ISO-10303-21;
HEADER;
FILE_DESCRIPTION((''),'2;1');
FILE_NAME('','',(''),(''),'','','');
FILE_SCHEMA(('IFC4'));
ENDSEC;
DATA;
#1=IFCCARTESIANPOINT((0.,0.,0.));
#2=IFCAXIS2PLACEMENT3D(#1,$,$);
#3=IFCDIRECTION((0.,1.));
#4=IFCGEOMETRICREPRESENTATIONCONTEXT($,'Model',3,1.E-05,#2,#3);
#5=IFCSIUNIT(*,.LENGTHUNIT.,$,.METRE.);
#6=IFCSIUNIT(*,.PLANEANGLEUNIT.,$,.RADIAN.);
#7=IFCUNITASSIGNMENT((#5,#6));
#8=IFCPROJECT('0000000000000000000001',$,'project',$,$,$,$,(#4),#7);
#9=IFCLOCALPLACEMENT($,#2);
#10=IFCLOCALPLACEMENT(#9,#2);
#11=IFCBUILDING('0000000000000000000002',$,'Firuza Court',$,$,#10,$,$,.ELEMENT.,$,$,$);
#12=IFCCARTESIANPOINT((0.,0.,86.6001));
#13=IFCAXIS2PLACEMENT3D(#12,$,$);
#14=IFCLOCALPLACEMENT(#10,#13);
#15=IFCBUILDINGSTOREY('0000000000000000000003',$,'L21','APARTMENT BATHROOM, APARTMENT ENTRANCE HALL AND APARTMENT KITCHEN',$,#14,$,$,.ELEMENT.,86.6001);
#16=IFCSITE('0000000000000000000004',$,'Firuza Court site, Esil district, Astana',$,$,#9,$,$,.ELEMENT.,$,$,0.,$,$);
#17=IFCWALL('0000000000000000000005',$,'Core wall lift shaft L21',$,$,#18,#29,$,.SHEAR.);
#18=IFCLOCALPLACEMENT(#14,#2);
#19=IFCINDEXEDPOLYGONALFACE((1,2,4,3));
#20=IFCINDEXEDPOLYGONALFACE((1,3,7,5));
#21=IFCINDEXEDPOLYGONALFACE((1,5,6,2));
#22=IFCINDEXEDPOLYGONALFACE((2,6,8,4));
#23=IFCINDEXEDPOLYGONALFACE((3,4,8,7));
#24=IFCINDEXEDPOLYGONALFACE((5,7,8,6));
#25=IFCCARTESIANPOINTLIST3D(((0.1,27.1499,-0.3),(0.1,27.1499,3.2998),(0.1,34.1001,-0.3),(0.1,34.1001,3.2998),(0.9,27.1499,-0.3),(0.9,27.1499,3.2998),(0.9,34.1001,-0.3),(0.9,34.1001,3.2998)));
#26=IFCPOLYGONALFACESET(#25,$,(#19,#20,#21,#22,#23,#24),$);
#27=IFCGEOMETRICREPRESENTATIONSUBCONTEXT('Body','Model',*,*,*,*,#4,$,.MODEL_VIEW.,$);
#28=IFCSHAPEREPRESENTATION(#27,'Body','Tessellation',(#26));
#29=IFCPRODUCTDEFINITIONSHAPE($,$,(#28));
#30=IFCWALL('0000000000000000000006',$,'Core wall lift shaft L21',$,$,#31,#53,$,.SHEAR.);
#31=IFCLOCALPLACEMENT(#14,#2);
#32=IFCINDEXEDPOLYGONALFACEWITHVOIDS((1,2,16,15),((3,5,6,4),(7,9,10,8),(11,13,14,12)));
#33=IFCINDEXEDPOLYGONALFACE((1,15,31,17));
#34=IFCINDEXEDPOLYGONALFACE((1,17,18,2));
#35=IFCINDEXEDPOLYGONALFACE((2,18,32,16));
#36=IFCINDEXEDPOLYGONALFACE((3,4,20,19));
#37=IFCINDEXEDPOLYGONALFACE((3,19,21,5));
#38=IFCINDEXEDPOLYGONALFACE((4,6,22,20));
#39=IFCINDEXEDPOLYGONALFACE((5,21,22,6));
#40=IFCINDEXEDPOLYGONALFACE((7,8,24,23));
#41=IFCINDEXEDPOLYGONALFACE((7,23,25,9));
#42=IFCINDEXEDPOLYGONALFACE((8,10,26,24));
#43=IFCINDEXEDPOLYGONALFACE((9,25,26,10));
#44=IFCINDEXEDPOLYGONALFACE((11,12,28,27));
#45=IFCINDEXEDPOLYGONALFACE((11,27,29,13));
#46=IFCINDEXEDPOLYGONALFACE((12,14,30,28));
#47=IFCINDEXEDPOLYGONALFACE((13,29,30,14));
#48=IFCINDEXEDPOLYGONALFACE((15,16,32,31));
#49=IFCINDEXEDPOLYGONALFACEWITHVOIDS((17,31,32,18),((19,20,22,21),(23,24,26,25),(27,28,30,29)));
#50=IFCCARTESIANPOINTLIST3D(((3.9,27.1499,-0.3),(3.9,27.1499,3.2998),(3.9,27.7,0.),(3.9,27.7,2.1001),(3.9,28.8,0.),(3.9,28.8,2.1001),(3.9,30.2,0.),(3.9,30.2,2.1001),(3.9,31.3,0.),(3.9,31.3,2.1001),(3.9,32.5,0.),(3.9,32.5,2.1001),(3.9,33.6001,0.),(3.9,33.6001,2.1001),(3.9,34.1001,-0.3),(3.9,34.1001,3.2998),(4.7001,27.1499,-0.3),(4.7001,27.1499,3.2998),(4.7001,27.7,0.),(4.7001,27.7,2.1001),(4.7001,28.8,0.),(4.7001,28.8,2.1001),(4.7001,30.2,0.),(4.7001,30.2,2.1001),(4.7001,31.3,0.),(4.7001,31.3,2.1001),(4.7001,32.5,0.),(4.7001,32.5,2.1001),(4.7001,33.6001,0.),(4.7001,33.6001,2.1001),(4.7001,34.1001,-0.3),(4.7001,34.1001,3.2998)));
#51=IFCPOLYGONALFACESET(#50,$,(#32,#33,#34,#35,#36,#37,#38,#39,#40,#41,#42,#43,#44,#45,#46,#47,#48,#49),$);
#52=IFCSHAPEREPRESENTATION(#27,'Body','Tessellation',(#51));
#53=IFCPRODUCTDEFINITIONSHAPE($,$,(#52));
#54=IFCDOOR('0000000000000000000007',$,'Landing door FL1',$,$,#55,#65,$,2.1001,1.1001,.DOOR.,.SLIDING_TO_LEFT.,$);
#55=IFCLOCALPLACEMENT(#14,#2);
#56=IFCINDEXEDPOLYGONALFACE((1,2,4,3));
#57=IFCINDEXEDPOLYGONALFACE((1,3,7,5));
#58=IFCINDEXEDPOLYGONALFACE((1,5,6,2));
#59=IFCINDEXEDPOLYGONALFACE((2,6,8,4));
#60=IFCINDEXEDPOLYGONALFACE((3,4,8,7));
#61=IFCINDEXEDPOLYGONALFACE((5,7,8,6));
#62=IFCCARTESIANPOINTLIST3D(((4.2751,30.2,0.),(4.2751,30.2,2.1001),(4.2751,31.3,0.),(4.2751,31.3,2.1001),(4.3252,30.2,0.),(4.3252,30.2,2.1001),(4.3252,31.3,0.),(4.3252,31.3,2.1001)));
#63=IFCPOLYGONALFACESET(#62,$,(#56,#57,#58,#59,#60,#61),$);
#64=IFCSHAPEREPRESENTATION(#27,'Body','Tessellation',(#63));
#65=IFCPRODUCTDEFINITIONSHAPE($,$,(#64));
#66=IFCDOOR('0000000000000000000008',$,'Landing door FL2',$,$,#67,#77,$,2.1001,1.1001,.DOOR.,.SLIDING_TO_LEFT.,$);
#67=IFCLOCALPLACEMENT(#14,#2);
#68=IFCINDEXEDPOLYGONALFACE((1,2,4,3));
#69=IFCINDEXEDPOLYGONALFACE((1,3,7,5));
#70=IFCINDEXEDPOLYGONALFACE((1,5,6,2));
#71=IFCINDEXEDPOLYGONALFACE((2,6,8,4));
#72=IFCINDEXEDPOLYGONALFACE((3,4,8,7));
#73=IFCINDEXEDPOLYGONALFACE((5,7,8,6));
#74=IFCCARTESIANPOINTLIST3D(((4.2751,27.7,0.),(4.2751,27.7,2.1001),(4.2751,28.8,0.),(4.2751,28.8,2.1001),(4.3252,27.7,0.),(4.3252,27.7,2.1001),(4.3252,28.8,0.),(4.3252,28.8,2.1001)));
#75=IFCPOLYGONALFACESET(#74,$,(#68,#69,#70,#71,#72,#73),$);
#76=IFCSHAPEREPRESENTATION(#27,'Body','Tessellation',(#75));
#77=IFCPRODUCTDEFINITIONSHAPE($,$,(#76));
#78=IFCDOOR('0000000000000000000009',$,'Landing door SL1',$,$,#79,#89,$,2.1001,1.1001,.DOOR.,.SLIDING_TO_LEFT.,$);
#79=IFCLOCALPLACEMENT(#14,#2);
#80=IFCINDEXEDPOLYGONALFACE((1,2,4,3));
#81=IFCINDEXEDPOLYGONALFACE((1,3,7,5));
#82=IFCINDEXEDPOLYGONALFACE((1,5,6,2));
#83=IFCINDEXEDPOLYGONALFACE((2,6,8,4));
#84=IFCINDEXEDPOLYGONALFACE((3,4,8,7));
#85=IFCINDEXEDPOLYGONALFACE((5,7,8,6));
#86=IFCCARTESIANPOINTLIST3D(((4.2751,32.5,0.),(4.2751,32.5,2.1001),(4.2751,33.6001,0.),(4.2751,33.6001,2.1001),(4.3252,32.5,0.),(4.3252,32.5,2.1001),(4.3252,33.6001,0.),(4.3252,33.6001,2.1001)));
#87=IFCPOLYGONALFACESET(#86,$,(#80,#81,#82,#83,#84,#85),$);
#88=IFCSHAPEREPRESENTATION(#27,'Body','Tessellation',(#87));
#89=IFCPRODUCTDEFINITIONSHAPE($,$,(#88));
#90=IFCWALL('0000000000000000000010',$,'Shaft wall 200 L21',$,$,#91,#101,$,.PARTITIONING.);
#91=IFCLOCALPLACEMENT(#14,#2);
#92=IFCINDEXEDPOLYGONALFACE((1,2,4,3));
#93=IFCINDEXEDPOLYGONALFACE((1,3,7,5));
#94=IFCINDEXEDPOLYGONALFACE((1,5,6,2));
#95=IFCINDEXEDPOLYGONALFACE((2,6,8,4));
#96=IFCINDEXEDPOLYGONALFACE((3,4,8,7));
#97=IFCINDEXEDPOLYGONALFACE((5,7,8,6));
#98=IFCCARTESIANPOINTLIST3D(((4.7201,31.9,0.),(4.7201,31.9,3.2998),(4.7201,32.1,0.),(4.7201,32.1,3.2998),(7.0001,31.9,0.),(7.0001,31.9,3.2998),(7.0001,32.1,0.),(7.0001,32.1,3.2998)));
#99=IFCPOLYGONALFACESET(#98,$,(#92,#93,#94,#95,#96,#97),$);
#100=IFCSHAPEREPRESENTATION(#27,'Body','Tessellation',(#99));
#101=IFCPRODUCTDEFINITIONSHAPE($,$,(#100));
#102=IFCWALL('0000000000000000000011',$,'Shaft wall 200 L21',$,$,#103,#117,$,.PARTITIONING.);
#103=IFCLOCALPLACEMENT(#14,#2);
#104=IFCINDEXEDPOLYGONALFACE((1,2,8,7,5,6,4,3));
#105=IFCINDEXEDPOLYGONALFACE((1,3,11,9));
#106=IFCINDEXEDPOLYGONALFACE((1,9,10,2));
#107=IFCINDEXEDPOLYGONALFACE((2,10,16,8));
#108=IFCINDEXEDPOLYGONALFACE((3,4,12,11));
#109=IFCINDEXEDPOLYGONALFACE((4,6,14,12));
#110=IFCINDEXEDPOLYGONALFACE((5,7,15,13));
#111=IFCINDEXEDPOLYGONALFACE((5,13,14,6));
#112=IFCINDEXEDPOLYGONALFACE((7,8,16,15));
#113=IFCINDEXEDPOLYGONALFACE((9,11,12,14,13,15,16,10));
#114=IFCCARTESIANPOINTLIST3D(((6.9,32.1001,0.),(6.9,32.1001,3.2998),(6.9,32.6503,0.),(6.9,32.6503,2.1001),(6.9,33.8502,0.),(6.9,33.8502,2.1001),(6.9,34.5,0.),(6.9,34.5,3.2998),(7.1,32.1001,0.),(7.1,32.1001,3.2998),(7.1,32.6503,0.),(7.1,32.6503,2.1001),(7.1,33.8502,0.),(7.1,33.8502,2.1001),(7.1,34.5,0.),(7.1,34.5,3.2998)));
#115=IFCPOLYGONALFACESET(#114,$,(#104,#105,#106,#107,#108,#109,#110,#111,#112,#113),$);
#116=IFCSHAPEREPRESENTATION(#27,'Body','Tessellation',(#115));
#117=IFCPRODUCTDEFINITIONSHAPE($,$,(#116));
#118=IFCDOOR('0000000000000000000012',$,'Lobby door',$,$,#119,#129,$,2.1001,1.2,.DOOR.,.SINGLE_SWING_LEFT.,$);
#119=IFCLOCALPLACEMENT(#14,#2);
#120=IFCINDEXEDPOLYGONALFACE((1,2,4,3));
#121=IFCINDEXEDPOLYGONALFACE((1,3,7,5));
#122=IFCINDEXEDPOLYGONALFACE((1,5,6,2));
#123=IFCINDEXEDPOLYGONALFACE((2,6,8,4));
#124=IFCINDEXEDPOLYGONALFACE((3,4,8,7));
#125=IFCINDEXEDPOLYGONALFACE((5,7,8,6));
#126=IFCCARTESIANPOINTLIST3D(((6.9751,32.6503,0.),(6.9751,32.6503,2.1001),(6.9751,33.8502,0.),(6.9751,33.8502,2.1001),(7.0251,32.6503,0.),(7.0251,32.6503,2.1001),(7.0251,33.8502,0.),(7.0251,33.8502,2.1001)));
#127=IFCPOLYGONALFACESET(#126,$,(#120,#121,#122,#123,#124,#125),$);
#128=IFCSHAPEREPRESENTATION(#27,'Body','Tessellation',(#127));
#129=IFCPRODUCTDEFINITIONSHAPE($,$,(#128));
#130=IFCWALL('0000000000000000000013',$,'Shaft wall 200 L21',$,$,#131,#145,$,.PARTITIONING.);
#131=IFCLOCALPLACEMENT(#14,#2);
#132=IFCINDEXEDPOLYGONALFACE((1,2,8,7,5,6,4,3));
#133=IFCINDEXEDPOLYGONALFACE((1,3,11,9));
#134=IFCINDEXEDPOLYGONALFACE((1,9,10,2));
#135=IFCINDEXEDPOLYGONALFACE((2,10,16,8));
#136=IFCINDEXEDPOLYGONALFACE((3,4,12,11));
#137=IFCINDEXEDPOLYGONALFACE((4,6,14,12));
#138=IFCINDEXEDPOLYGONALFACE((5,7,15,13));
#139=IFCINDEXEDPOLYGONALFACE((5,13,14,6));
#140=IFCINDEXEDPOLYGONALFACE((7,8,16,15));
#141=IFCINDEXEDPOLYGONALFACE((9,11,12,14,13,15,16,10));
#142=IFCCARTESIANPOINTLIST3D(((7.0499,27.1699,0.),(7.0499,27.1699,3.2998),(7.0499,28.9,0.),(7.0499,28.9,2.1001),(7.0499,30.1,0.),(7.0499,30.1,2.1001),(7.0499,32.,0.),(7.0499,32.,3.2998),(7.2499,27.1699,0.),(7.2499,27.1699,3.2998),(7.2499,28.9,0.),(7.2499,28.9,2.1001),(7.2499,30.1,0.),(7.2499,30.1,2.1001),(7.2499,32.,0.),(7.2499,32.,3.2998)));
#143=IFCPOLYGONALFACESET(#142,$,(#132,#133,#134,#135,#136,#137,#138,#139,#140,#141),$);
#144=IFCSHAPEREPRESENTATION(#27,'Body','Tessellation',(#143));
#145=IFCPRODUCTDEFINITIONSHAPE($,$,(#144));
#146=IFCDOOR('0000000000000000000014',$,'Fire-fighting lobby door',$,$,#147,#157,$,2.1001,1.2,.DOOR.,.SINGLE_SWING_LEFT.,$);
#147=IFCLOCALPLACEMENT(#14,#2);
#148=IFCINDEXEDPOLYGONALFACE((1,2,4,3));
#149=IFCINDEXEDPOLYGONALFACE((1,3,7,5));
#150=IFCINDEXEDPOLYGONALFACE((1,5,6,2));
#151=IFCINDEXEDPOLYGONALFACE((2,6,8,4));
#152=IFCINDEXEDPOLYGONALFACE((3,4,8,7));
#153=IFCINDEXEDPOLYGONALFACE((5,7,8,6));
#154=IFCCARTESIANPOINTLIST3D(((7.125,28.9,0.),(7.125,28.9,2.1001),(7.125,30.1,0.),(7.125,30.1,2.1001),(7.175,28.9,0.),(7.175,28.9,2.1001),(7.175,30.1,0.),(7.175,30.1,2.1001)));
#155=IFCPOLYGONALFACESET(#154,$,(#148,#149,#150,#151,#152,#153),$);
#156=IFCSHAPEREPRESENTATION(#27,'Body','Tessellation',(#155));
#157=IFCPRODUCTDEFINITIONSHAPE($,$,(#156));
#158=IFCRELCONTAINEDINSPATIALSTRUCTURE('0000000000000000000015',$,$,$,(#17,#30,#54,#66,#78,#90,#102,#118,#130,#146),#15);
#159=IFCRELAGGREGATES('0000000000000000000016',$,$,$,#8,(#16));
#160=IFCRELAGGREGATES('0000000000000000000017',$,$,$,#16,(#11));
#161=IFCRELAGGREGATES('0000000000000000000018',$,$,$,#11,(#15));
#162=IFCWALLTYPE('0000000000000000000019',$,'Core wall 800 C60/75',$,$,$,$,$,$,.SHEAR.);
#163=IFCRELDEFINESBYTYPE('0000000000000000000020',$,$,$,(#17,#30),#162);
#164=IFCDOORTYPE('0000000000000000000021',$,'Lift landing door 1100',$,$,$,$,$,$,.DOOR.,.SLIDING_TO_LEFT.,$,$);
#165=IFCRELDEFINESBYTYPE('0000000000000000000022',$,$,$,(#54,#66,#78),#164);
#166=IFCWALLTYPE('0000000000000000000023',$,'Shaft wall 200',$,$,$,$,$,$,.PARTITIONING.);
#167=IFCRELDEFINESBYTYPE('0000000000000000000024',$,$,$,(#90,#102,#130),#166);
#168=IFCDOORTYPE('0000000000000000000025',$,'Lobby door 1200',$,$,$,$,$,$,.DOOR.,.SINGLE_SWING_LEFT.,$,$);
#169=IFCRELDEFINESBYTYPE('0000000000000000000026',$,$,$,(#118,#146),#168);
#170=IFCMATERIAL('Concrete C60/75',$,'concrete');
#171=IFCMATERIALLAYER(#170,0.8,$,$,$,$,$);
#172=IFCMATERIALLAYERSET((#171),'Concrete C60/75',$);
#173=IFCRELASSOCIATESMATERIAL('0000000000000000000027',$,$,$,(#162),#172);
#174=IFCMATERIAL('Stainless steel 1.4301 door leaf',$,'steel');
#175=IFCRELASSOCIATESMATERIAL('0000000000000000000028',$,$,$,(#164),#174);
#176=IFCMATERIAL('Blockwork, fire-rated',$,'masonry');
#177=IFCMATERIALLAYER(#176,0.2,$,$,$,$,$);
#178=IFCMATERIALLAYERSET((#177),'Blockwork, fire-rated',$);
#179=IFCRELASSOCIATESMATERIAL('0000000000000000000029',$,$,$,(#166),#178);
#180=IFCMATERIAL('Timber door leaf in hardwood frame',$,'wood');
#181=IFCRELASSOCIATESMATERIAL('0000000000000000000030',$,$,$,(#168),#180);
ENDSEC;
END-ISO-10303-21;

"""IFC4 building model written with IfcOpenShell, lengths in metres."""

from ifc_helpers import new_model, si_unit, direction, frame, frame_2d, origin, place, context, subcontext, project, spatial, rectangle, extrude, material, layer, layer_set, type_object, element, fill, save


model = new_model("IFC4")

# Units and contexts
model_context = context("Model", 3, precision=1e-05, world=origin(), true_north=direction((0.0, 1.0)))
body_context = subcontext(model_context, "Body", "Model", "MODEL_VIEW")
ifc_project = project(units=[si_unit("LENGTHUNIT", "METRE"), si_unit("PLANEANGLEUNIT", "RADIAN")], contexts=[model_context])

# Site, building, storey
site_placement = place(None, origin())
site = spatial("IfcSite", under=ifc_project, at=site_placement, Name="Firuza Court site, Esil district, Astana", CompositionType="ELEMENT", RefElevation=0.0)
building_placement = place(site_placement, origin())
building = spatial("IfcBuilding", under=site, at=building_placement, Name="Firuza Court", CompositionType="ELEMENT")
storey_placement = place(building_placement, frame((0.0, 0.0, 86.6001)))
storey = spatial("IfcBuildingStorey", under=building, at=storey_placement, Name="L21", Description="APARTMENT BATHROOM, APARTMENT ENTRANCE HALL AND APARTMENT KITCHEN", CompositionType="ELEMENT", Elevation=86.6001)

# Shared definitions
ifc_material_1 = material(Name="Concrete C60/75", Category="concrete")

# Wall
ifc_layer_1 = layer(ifc_material_1, 0.8)
ifc_layer_set_1 = layer_set([ifc_layer_1], Name="Concrete C60/75")
wall_type_1 = type_object("IfcWallType", Name="Core wall 800 C60/75", PredefinedType="SHEAR", material=ifc_layer_set_1)
wall_1_placement = place(storey_placement, frame((0.5, 27.1499, -0.3), z_axis=(0.0, 0.0, 1.0), x_axis=(0.0, 1.0, 0.0)))
element("IfcWall", 1, at=wall_1_placement, inside=storey, type_object=wall_type_1, Name="Core wall lift shaft L21", PredefinedType="SHEAR", context=body_context, shape_type="SweptSolid", body=[
    extrude(rectangle(XDim=6.9502, YDim=0.8, at=frame_2d((3.4751, 0.0))), origin(), (0.0, 0.0, 1.0), 3.5999),
])

# Wall, openings, doors
wall_2_placement = place(storey_placement, frame((4.3, 27.1499, -0.3), z_axis=(0.0, 0.0, 1.0), x_axis=(0.0, 1.0, 0.0)))
wall_2 = element("IfcWall", 2, at=wall_2_placement, inside=storey, type_object=wall_type_1, Name="Core wall lift shaft L21", PredefinedType="SHEAR", context=body_context, shape_type="SweptSolid", body=[
    extrude(rectangle(XDim=6.9502, YDim=0.8, at=frame_2d((3.4751, 0.0))), origin(), (0.0, 0.0, 1.0), 3.5999),
])
opening_1_placement = place(wall_2_placement, frame((3.05, 0.0, 0.3)))
opening_1 = element("IfcOpeningElement", 3, at=opening_1_placement, cuts=wall_2, PredefinedType="OPENING", context=body_context, shape_type="SweptSolid", body=[
    extrude(rectangle(XDim=1.1001, YDim=2.1001, at=frame_2d((0.55, 1.05))), frame((0.0, 0.4121, 0.0), z_axis=(0.0, -1.0, 0.0), x_axis=(1.0, 0.0, 0.0)), (0.0, 0.0, 1.0), 0.824),
])
opening_2_placement = place(wall_2_placement, frame((0.55, 0.0, 0.3)))
opening_2 = element("IfcOpeningElement", 4, at=opening_2_placement, cuts=wall_2, PredefinedType="OPENING", context=body_context, shape_type="SweptSolid", body=[
    extrude(rectangle(XDim=1.1001, YDim=2.1001, at=frame_2d((0.55, 1.05))), frame((0.0, 0.4121, 0.0), z_axis=(0.0, -1.0, 0.0), x_axis=(1.0, 0.0, 0.0)), (0.0, 0.0, 1.0), 0.824),
])
opening_3_placement = place(wall_2_placement, frame((5.3501, 0.0, 0.3)))
opening_3 = element("IfcOpeningElement", 5, at=opening_3_placement, cuts=wall_2, PredefinedType="OPENING", context=body_context, shape_type="SweptSolid", body=[
    extrude(rectangle(XDim=1.1001, YDim=2.1001, at=frame_2d((0.55, 1.05))), frame((0.0, 0.4121, 0.0), z_axis=(0.0, -1.0, 0.0), x_axis=(1.0, 0.0, 0.0)), (0.0, 0.0, 1.0), 0.824),
])
ifc_material_2 = material(Name="Stainless steel 1.4301 door leaf", Category="steel")
door_type_1 = type_object("IfcDoorType", Name="Lift landing door 1100", OperationType="SLIDING_TO_LEFT", PredefinedType="DOOR", material=ifc_material_2)
door_1_placement = place(opening_1_placement, origin())
door_1 = element("IfcDoor", 6, at=door_1_placement, inside=storey, type_object=door_type_1, Name="Landing door FL1", OperationType="SLIDING_TO_LEFT", OverallHeight=2.1001, OverallWidth=1.1001, PredefinedType="DOOR", context=body_context, shape_type="SweptSolid", body=[
    extrude(rectangle(XDim=1.1001, YDim=2.1001, at=frame_2d((0.55, 1.05))), frame((0.0, 0.0249, 0.0), z_axis=(0.0, -1.0, 0.0), x_axis=(1.0, 0.0, 0.0)), (0.0, 0.0, 1.0), 0.05),
])
fill(opening_1, door_1)
door_2_placement = place(opening_2_placement, origin())
door_2 = element("IfcDoor", 7, at=door_2_placement, inside=storey, type_object=door_type_1, Name="Landing door FL2", OperationType="SLIDING_TO_LEFT", OverallHeight=2.1001, OverallWidth=1.1001, PredefinedType="DOOR", context=body_context, shape_type="SweptSolid", body=[
    extrude(rectangle(XDim=1.1001, YDim=2.1001, at=frame_2d((0.55, 1.05))), frame((0.0, 0.0249, 0.0), z_axis=(0.0, -1.0, 0.0), x_axis=(1.0, 0.0, 0.0)), (0.0, 0.0, 1.0), 0.05),
])
fill(opening_2, door_2)
door_3_placement = place(opening_3_placement, origin())
door_3 = element("IfcDoor", 8, at=door_3_placement, inside=storey, type_object=door_type_1, Name="Landing door SL1", OperationType="SLIDING_TO_LEFT", OverallHeight=2.1001, OverallWidth=1.1001, PredefinedType="DOOR", context=body_context, shape_type="SweptSolid", body=[
    extrude(rectangle(XDim=1.1001, YDim=2.1001, at=frame_2d((0.55, 1.05))), frame((0.0, 0.0249, 0.0), z_axis=(0.0, -1.0, 0.0), x_axis=(1.0, 0.0, 0.0)), (0.0, 0.0, 1.0), 0.05),
])
fill(opening_3, door_3)

# Wall
ifc_material_3 = material(Name="Blockwork, fire-rated", Category="masonry")
ifc_layer_2 = layer(ifc_material_3, 0.2)
ifc_layer_set_2 = layer_set([ifc_layer_2], Name="Blockwork, fire-rated")
wall_type_2 = type_object("IfcWallType", Name="Shaft wall 200", PredefinedType="PARTITIONING", material=ifc_layer_set_2)
wall_3_placement = place(storey_placement, frame((4.72, 32.0, 0.0), z_axis=(0.0, 0.0, 1.0), x_axis=(1.0, 0.0, 0.0)))
element("IfcWall", 9, at=wall_3_placement, inside=storey, type_object=wall_type_2, Name="Shaft wall 200 L21", PredefinedType="PARTITIONING", context=body_context, shape_type="SweptSolid", body=[
    extrude(rectangle(XDim=2.28, YDim=0.2, at=frame_2d((1.1401, 0.0))), origin(), (0.0, 0.0, 1.0), 3.2998),
])

# Walls, openings, doors
wall_4_placement = place(storey_placement, frame((7.0, 32.1001, 0.0), z_axis=(0.0, 0.0, 1.0), x_axis=(0.0, 1.0, 0.0)))
wall_4 = element("IfcWall", 10, at=wall_4_placement, inside=storey, type_object=wall_type_2, Name="Shaft wall 200 L21", PredefinedType="PARTITIONING", context=body_context, shape_type="SweptSolid", body=[
    extrude(rectangle(XDim=2.3999, YDim=0.2, at=frame_2d((1.2, 0.0))), origin(), (0.0, 0.0, 1.0), 3.2998),
])
opening_4_placement = place(wall_4_placement, frame((0.55, 0.0, 0.0)))
opening_4 = element("IfcOpeningElement", 11, at=opening_4_placement, cuts=wall_4, PredefinedType="OPENING", context=body_context, shape_type="SweptSolid", body=[
    extrude(rectangle(XDim=1.2, YDim=2.1001, at=frame_2d((0.6001, 1.05))), frame((0.0, 0.1118, 0.0), z_axis=(0.0, -1.0, 0.0), x_axis=(1.0, 0.0, 0.0)), (0.0, 0.0, 1.0), 0.2239),
])
ifc_material_4 = material(Name="Timber door leaf in hardwood frame", Category="wood")
door_type_2 = type_object("IfcDoorType", Name="Lobby door 1200", OperationType="SINGLE_SWING_LEFT", PredefinedType="DOOR", material=ifc_material_4)
door_4_placement = place(opening_4_placement, origin())
door_4 = element("IfcDoor", 12, at=door_4_placement, inside=storey, type_object=door_type_2, Name="Lobby door", OperationType="SINGLE_SWING_LEFT", OverallHeight=2.1001, OverallWidth=1.2, PredefinedType="DOOR", context=body_context, shape_type="SweptSolid", body=[
    extrude(rectangle(XDim=1.2, YDim=2.1001, at=frame_2d((0.6001, 1.05))), frame((0.0, 0.0249, 0.0), z_axis=(0.0, -1.0, 0.0), x_axis=(1.0, 0.0, 0.0)), (0.0, 0.0, 1.0), 0.05),
])
fill(opening_4, door_4)
wall_5_placement = place(storey_placement, frame((7.1499, 27.1699, 0.0), z_axis=(0.0, 0.0, 1.0), x_axis=(0.0, 1.0, 0.0)))
wall_5 = element("IfcWall", 13, at=wall_5_placement, inside=storey, type_object=wall_type_2, Name="Shaft wall 200 L21", PredefinedType="PARTITIONING", context=body_context, shape_type="SweptSolid", body=[
    extrude(rectangle(XDim=4.8301, YDim=0.2, at=frame_2d((2.415, 0.0))), origin(), (0.0, 0.0, 1.0), 3.2998),
])
opening_5_placement = place(wall_5_placement, frame((1.73, 0.0, 0.0)))
opening_5 = element("IfcOpeningElement", 14, at=opening_5_placement, cuts=wall_5, PredefinedType="OPENING", context=body_context, shape_type="SweptSolid", body=[
    extrude(rectangle(XDim=1.2, YDim=2.1001, at=frame_2d((0.6001, 1.05))), frame((0.0, 0.1118, 0.0), z_axis=(0.0, -1.0, 0.0), x_axis=(1.0, 0.0, 0.0)), (0.0, 0.0, 1.0), 0.2239),
])
door_5_placement = place(opening_5_placement, origin())
door_5 = element("IfcDoor", 15, at=door_5_placement, inside=storey, type_object=door_type_2, Name="Fire-fighting lobby door", OperationType="SINGLE_SWING_LEFT", OverallHeight=2.1001, OverallWidth=1.2, PredefinedType="DOOR", context=body_context, shape_type="SweptSolid", body=[
    extrude(rectangle(XDim=1.2, YDim=2.1001, at=frame_2d((0.6001, 1.05))), frame((0.0, 0.0249, 0.0), z_axis=(0.0, -1.0, 0.0), x_axis=(1.0, 0.0, 0.0)), (0.0, 0.0, 1.0), 0.05),
])
fill(opening_5, door_5)

save(model, "model.ifc")
